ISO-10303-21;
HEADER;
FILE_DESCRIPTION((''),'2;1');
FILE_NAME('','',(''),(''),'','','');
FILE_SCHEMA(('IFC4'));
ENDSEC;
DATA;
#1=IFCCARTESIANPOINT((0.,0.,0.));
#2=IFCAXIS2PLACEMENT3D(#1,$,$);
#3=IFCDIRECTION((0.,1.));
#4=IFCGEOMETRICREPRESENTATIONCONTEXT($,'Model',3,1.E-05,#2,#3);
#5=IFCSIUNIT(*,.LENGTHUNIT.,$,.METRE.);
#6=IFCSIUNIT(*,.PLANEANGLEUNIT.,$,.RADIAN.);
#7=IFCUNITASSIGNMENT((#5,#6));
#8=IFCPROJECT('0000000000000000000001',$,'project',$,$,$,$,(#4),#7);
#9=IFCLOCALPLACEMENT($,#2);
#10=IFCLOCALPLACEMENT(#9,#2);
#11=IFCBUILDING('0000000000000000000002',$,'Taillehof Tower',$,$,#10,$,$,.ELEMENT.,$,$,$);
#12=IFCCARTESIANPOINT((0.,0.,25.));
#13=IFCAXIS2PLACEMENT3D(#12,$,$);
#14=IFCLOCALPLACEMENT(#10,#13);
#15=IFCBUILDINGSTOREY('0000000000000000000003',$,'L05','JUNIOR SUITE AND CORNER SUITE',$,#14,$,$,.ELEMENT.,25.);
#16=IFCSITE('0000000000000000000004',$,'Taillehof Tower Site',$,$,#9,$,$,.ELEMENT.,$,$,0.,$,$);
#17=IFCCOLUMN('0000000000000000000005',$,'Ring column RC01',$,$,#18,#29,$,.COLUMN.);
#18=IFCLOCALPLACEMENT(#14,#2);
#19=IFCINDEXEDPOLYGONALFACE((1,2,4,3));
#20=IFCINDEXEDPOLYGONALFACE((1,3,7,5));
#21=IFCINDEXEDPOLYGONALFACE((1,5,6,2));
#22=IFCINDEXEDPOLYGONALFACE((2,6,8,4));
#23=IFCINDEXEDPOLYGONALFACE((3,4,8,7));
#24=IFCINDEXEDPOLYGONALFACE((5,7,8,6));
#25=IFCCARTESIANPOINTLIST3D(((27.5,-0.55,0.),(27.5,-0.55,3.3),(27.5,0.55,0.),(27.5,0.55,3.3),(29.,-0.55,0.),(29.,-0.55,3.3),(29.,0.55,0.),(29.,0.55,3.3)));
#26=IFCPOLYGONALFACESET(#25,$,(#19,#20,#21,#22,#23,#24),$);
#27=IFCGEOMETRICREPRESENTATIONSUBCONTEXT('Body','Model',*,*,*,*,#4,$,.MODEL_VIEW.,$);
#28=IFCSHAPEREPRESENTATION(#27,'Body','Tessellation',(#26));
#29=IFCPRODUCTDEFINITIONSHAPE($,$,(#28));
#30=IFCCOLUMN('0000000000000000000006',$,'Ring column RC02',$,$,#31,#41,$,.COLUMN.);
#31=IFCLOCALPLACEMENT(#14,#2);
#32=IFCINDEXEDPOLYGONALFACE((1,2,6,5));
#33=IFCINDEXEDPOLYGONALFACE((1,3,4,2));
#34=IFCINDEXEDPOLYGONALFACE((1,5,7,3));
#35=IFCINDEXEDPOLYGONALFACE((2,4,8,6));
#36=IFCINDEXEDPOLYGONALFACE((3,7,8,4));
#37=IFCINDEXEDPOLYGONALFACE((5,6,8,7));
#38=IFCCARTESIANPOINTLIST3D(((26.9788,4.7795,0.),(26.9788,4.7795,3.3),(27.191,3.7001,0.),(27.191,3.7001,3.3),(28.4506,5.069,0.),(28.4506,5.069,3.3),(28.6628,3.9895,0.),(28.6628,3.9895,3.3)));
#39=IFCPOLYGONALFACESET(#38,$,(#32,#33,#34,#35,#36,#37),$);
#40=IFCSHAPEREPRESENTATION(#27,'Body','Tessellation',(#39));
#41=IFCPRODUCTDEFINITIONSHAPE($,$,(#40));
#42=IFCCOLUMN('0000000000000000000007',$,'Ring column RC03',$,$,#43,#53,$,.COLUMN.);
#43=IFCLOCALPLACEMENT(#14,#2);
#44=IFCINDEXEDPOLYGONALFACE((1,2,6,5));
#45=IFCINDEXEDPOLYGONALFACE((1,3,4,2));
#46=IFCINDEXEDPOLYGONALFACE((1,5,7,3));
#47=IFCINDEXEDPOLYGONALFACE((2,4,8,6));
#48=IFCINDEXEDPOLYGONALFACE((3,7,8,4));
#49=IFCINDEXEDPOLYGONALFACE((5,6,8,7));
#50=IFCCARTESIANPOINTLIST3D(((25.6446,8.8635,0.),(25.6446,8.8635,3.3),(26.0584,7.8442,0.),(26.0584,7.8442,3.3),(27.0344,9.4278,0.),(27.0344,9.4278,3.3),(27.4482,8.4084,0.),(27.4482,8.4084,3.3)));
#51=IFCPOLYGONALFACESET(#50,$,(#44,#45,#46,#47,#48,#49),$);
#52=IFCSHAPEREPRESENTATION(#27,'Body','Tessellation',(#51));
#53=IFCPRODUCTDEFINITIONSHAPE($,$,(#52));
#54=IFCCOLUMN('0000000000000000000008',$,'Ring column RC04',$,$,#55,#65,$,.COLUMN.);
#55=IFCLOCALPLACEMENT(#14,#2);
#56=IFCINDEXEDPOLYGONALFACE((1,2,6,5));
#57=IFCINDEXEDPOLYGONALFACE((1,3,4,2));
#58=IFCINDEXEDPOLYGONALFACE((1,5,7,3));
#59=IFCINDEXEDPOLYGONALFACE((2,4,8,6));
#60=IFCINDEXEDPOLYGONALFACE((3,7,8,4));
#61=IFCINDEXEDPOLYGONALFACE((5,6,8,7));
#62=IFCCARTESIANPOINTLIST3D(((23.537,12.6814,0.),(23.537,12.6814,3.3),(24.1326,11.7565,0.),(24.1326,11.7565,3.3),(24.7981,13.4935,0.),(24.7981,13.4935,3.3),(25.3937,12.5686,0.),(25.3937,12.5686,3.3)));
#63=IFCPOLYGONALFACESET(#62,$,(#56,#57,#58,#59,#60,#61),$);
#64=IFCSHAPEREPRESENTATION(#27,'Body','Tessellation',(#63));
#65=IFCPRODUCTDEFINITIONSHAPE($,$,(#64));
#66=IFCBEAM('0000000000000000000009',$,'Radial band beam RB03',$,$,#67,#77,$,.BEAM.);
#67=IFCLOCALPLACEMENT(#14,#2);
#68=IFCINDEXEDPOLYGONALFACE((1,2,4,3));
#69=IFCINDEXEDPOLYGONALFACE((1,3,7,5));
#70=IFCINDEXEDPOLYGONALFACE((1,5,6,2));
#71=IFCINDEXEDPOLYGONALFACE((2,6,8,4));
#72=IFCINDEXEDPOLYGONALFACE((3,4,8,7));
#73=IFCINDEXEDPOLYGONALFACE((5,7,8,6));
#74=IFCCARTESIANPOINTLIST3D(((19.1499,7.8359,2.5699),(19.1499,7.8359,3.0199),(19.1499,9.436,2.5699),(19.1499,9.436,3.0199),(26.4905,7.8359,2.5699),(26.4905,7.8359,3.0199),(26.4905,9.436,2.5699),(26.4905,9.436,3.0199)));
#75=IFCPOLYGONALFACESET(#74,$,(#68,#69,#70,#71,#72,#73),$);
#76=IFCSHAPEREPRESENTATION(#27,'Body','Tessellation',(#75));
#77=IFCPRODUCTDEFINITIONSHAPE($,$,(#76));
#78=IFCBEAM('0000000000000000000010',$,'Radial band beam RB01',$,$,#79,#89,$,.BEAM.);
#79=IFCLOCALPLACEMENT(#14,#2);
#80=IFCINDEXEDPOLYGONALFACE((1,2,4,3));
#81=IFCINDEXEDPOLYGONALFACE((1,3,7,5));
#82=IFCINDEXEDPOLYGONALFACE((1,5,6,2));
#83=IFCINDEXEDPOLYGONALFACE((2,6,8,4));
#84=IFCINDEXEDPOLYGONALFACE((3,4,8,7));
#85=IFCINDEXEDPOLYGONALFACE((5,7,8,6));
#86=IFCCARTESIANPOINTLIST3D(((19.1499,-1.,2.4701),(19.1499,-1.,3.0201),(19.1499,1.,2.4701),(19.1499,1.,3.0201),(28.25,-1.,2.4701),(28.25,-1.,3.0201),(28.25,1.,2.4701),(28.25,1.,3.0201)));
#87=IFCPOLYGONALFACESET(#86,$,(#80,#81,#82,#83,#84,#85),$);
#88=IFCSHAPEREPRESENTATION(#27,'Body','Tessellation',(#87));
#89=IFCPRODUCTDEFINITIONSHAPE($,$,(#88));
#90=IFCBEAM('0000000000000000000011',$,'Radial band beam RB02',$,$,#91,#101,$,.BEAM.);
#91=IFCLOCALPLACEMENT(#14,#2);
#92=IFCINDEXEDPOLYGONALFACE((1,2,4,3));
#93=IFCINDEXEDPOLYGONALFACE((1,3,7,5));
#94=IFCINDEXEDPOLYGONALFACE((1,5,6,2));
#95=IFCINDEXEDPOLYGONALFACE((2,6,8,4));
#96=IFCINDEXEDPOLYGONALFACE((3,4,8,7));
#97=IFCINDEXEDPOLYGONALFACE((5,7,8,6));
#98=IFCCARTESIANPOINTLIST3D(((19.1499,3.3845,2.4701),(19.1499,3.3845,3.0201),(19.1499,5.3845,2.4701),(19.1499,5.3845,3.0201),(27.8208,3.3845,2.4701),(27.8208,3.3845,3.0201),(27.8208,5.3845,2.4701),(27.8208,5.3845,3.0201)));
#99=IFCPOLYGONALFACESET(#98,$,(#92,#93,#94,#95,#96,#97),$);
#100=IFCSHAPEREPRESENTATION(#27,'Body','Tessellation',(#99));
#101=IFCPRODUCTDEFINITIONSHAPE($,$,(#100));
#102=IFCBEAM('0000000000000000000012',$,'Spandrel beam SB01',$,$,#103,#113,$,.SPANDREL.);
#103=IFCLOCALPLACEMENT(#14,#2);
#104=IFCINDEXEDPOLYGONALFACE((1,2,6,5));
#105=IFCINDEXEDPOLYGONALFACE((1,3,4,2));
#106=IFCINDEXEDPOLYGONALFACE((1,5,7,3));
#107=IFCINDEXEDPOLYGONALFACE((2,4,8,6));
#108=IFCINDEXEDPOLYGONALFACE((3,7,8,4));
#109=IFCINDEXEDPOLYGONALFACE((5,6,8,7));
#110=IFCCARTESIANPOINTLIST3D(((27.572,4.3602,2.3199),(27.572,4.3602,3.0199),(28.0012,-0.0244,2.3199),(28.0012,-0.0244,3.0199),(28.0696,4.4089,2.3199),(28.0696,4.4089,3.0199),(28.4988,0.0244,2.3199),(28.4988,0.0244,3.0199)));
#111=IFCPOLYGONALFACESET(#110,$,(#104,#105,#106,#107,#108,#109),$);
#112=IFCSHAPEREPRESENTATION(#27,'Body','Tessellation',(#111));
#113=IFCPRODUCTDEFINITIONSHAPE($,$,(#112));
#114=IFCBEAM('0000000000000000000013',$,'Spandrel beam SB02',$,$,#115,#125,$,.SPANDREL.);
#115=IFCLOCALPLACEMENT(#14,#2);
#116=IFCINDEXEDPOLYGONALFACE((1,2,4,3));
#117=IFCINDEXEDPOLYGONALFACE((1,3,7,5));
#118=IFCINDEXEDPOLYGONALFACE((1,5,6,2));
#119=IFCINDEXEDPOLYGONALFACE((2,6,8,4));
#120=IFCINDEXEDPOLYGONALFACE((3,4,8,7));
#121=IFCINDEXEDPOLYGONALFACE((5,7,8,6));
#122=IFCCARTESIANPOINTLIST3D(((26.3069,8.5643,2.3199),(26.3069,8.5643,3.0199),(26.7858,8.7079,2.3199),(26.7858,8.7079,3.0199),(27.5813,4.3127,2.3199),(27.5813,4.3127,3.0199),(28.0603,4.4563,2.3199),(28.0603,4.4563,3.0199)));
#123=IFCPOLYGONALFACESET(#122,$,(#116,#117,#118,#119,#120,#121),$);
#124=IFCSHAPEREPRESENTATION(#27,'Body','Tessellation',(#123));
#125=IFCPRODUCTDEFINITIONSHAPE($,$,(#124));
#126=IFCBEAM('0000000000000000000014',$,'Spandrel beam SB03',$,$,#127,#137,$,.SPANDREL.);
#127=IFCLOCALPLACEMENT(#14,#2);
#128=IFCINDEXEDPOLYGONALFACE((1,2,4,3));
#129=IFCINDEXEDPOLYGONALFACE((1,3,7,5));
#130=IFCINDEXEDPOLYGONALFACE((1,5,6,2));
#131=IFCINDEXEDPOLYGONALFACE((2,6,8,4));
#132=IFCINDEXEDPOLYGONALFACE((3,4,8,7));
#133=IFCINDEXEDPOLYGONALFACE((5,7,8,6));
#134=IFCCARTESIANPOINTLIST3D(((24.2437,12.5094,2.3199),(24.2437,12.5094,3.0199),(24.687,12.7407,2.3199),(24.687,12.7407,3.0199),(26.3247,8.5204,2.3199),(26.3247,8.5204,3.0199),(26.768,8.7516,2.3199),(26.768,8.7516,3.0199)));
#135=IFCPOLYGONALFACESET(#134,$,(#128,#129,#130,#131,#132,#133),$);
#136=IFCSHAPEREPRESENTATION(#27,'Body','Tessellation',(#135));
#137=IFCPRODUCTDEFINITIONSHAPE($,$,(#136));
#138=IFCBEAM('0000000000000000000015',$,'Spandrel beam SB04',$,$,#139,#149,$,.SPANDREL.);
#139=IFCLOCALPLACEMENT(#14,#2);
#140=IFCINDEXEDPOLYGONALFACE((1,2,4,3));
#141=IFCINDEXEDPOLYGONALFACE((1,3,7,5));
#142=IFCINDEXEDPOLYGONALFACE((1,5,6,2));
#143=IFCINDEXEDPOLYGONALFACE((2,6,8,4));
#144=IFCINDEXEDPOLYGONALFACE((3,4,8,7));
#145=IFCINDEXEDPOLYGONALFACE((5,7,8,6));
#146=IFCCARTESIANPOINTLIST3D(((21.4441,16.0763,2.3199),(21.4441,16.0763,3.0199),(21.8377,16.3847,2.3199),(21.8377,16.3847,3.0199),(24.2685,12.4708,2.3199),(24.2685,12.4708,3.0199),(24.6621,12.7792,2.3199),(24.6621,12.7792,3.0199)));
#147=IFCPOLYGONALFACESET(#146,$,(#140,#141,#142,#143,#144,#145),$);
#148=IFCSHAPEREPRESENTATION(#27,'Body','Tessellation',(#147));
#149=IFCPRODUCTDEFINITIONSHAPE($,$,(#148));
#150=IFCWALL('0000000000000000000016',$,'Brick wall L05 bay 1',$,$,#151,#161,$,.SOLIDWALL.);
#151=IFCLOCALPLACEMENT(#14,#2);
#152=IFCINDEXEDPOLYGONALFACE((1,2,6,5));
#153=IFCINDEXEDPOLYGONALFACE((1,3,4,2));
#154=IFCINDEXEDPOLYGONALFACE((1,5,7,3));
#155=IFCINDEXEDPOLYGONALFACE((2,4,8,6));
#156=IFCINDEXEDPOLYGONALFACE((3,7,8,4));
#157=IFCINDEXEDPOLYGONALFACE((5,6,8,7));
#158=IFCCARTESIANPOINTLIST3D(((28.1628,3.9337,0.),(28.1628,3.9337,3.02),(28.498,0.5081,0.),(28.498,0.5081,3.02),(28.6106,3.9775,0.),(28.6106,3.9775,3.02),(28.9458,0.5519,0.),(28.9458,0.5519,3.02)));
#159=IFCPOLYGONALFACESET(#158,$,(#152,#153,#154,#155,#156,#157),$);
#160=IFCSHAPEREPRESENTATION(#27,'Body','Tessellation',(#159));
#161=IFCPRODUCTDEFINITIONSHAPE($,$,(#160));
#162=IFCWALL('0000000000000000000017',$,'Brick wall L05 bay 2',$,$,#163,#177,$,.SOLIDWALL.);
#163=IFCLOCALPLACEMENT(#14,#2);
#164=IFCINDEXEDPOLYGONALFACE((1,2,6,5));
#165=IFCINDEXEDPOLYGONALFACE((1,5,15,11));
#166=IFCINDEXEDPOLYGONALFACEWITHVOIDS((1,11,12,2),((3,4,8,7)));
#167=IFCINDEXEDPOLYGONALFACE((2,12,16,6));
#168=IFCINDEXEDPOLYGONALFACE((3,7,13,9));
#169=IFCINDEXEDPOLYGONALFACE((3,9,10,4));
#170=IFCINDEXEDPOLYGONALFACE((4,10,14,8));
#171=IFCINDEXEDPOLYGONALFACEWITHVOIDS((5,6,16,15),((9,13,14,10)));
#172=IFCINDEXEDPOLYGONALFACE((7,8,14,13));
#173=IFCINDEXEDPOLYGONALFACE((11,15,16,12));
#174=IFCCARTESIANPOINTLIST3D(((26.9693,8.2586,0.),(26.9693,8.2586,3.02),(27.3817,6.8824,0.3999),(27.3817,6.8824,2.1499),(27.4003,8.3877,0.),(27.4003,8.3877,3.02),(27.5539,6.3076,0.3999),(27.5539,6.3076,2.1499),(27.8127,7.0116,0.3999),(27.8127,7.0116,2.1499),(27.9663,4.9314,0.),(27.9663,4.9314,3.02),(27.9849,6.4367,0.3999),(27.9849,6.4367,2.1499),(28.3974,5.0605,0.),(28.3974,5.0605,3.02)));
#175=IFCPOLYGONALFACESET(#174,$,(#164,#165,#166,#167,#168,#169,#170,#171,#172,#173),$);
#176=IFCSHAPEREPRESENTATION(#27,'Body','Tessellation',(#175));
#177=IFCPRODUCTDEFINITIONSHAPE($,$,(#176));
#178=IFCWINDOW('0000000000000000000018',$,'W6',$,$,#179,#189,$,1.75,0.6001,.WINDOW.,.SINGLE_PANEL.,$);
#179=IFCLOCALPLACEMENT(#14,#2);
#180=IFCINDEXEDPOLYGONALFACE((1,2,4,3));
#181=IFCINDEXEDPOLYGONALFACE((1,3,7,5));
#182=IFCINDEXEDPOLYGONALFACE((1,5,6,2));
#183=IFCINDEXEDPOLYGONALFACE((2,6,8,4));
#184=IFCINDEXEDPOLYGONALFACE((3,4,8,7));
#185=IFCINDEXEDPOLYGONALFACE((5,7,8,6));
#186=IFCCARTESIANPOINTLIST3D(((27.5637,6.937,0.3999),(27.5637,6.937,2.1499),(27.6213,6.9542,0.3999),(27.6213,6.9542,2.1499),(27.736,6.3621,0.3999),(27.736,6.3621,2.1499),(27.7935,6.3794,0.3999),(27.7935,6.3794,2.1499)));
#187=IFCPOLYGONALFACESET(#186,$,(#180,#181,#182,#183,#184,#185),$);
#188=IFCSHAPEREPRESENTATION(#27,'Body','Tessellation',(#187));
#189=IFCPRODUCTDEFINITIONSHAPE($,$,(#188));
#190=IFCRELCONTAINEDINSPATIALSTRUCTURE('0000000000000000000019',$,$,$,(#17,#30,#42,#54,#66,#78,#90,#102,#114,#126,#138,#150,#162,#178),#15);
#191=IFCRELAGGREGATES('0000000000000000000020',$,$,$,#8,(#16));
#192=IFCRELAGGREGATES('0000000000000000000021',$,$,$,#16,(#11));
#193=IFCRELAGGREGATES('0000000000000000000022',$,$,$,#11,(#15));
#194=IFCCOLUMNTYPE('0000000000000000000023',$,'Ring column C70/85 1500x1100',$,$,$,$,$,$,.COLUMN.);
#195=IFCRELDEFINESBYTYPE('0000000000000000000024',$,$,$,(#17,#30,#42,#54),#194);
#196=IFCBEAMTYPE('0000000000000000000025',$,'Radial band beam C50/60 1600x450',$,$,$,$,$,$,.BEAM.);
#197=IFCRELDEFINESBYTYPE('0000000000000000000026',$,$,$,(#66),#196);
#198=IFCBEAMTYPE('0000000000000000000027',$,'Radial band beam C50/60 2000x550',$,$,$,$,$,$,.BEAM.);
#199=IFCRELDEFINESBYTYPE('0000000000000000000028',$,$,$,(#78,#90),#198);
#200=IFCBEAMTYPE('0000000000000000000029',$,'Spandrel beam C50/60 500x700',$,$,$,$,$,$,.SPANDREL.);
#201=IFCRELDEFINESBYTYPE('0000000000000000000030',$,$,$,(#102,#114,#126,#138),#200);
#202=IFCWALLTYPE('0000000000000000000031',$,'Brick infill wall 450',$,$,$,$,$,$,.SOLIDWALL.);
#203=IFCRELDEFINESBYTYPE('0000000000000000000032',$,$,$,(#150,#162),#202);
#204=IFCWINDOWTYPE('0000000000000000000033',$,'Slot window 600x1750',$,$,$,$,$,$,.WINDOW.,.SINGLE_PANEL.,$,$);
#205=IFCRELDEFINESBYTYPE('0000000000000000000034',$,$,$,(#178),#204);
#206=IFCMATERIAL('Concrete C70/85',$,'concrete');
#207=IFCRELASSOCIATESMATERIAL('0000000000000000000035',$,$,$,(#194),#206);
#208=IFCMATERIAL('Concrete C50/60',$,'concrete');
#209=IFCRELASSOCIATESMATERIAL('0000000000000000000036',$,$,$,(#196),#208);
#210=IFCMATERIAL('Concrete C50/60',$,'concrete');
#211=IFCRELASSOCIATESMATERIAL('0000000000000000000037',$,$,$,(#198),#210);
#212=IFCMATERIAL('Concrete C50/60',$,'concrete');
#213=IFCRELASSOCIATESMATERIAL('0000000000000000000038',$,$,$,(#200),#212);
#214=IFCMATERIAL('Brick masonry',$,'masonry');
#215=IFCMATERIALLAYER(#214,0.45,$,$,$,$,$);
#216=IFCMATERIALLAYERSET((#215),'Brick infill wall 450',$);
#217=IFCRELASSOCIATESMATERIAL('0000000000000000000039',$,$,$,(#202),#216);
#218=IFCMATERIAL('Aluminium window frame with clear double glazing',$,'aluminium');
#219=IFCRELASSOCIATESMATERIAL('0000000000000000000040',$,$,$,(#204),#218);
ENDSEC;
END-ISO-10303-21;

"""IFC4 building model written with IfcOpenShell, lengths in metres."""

from ifc_helpers import new_model, si_unit, direction, frame, frame_2d, origin, origin_2d, place, context, subcontext, project, spatial, rectangle, extrude, material, layer, layer_set, material_profile, profile_set, type_object, element, fill, save


model = new_model("IFC4")

# Units and contexts
model_context = context("Model", 3, precision=1e-05, world=origin(), true_north=direction((0.0, 1.0)))
body_context = subcontext(model_context, "Body", "Model", "MODEL_VIEW")
ifc_project = project(units=[si_unit("LENGTHUNIT", "METRE"), si_unit("PLANEANGLEUNIT", "RADIAN")], contexts=[model_context])

# Site, building, storey
site_placement = place(None, origin())
site = spatial("IfcSite", under=ifc_project, at=site_placement, Name="Taillehof Tower Site", CompositionType="ELEMENT", RefElevation=0.0)
building_placement = place(site_placement, origin())
building = spatial("IfcBuilding", under=site, at=building_placement, Name="Taillehof Tower", CompositionType="ELEMENT")
storey_placement = place(building_placement, frame((0.0, 0.0, 25.0)))
storey = spatial("IfcBuildingStorey", under=building, at=storey_placement, Name="L05", Description="JUNIOR SUITE AND CORNER SUITE", CompositionType="ELEMENT", Elevation=25.0)

# Columns
ifc_material_1 = material(Name="Concrete C70/85", Category="concrete")
ifc_material_profile_1 = material_profile(ifc_material_1, rectangle(XDim=1.5, YDim=1.1001, at=origin_2d()), Name="RC 1500x1100")
ifc_profile_set_1 = profile_set([ifc_material_profile_1], Name="Concrete C70/85")
column_type = type_object("IfcColumnType", Name="Ring column C70/85 1500x1100", PredefinedType="COLUMN", material=ifc_profile_set_1)
for number, where, z_axis, x_axis, name in (
    (1, (28.25, 0.0, 0.0), (0.0, 0.0, 1.0), (1.0, 0.0, 0.0), "Ring column RC01"),
    (2, (27.8208, 4.3845, 0.0), (0.0, 0.0, 1.0), (0.981204, 0.192976, 0.0), "Ring column RC02"),
    (3, (26.5464, 8.636, 0.0), (0.0, 0.0, 1.0), (0.926558, 0.376152, 0.0), "Ring column RC03"),
    (4, (24.4653, 12.625, 0.0), (0.0, 0.0, 1.0), (0.840754, 0.541418, 0.0), "Ring column RC04"),
):
    element("IfcColumn", number, at=place(storey_placement, frame(where, z_axis=z_axis, x_axis=x_axis)), inside=storey, type_object=column_type, Name=name, PredefinedType="COLUMN", context=body_context, shape_type="SweptSolid", body=[
        extrude(rectangle(XDim=1.5, YDim=1.1001, at=origin_2d()), origin(), (0.0, 0.0, 1.0), 3.3),
    ])

# Beams
ifc_material_2 = material(Name="Concrete C50/60", Category="concrete")
ifc_material_profile_2 = material_profile(ifc_material_2, rectangle(XDim=1.6001, YDim=0.45, at=origin_2d()), Name="RC 1600x450")
ifc_profile_set_2 = profile_set([ifc_material_profile_2], Name="Concrete C50/60")
beam_type_1 = type_object("IfcBeamType", Name="Radial band beam C50/60 1600x450", PredefinedType="BEAM", material=ifc_profile_set_2)
beam_1_placement = place(storey_placement, frame((26.4905, 8.636, 2.7949), z_axis=(-1.0, 0.0, 0.0), x_axis=(0.0, -1.0, 0.0)))
element("IfcBeam", 5, at=beam_1_placement, inside=storey, type_object=beam_type_1, Name="Radial band beam RB03", PredefinedType="BEAM", context=body_context, shape_type="SweptSolid", body=[
    extrude(rectangle(XDim=1.6001, YDim=0.45, at=origin_2d()), origin(), (0.0, 0.0, 1.0), 7.3406),
])
ifc_material_3 = material(Name="Concrete C50/60", Category="concrete")
ifc_material_profile_3 = material_profile(ifc_material_3, rectangle(XDim=2.0, YDim=0.55, at=origin_2d()), Name="RC 2000x550")
ifc_profile_set_3 = profile_set([ifc_material_profile_3], Name="Concrete C50/60")
beam_type_2 = type_object("IfcBeamType", Name="Radial band beam C50/60 2000x550", PredefinedType="BEAM", material=ifc_profile_set_3)
beam_2_placement = place(storey_placement, frame((28.25, 0.0, 2.7451), z_axis=(-1.0, 0.0, 0.0), x_axis=(0.0, -1.0, 0.0)))
element("IfcBeam", 6, at=beam_2_placement, inside=storey, type_object=beam_type_2, Name="Radial band beam RB01", PredefinedType="BEAM", context=body_context, shape_type="SweptSolid", body=[
    extrude(rectangle(XDim=2.0, YDim=0.55, at=origin_2d()), origin(), (0.0, 0.0, 1.0), 9.1001),
])
beam_3_placement = place(storey_placement, frame((27.8208, 4.3845, 2.7451), z_axis=(-1.0, 0.0, 0.0), x_axis=(0.0, -1.0, 0.0)))
element("IfcBeam", 7, at=beam_3_placement, inside=storey, type_object=beam_type_2, Name="Radial band beam RB02", PredefinedType="BEAM", context=body_context, shape_type="SweptSolid", body=[
    extrude(rectangle(XDim=2.0, YDim=0.55, at=origin_2d()), origin(), (0.0, 0.0, 1.0), 8.6709),
])
ifc_material_4 = material(Name="Concrete C50/60", Category="concrete")
ifc_material_profile_4 = material_profile(ifc_material_4, rectangle(XDim=0.5, YDim=0.7, at=origin_2d()), Name="RC 500x700")
ifc_profile_set_4 = profile_set([ifc_material_profile_4], Name="Concrete C50/60")
beam_type_3 = type_object("IfcBeamType", Name="Spandrel beam C50/60 500x700", PredefinedType="SPANDREL", material=ifc_profile_set_4)
beam_4_placement = place(storey_placement, frame((28.25, 0.0, 2.6699), z_axis=(-0.097424, 0.995243, 0.0), x_axis=(-0.995243, -0.097424, 0.0)))
element("IfcBeam", 8, at=beam_4_placement, inside=storey, type_object=beam_type_3, Name="Spandrel beam SB01", PredefinedType="SPANDREL", context=body_context, shape_type="SweptSolid", body=[
    extrude(rectangle(XDim=0.5, YDim=0.7, at=origin_2d()), origin(), (0.0, 0.0, 1.0), 4.4055),
])
beam_5_placement = place(storey_placement, frame((27.8208, 4.3845, 2.6699), z_axis=(-0.287136, 0.95789, 0.0), x_axis=(-0.95789, -0.287136, 0.0)))
element("IfcBeam", 9, at=beam_5_placement, inside=storey, type_object=beam_type_3, Name="Spandrel beam SB02", PredefinedType="SPANDREL", context=body_context, shape_type="SweptSolid", body=[
    extrude(rectangle(XDim=0.5, YDim=0.7, at=origin_2d()), origin(), (0.0, 0.0, 1.0), 4.4385),
])
beam_6_placement = place(storey_placement, frame((26.5464, 8.636, 2.6699), z_axis=(-0.462536, 0.8866, 0.0), x_axis=(-0.8866, -0.462536, 0.0)))
element("IfcBeam", 10, at=beam_6_placement, inside=storey, type_object=beam_type_3, Name="Spandrel beam SB03", PredefinedType="SPANDREL", context=body_context, shape_type="SweptSolid", body=[
    extrude(rectangle(XDim=0.5, YDim=0.7, at=origin_2d()), origin(), (0.0, 0.0, 1.0), 4.4993),
])
beam_7_placement = place(storey_placement, frame((24.4653, 12.625, 2.6699), z_axis=(-0.616686, 0.787209, 0.0), x_axis=(-0.787209, -0.616686, 0.0)))
element("IfcBeam", 11, at=beam_7_placement, inside=storey, type_object=beam_type_3, Name="Spandrel beam SB04", PredefinedType="SPANDREL", context=body_context, shape_type="SweptSolid", body=[
    extrude(rectangle(XDim=0.5, YDim=0.7, at=origin_2d()), origin(), (0.0, 0.0, 1.0), 4.5801),
])

# Wall
ifc_material_5 = material(Name="Brick masonry", Category="masonry")
ifc_layer_1 = layer(ifc_material_5, 0.45)
ifc_layer_set_1 = layer_set([ifc_layer_1], Name="Brick infill wall 450")
wall_type_1 = type_object("IfcWallType", Name="Brick infill wall 450", PredefinedType="SOLIDWALL", material=ifc_layer_set_1)
wall_1_placement = place(storey_placement, frame((28.7219, 0.53, 0.0), z_axis=(0.0, 0.0, 1.0), x_axis=(-0.09739, 0.995246, 0.0)))
element("IfcWall", 12, at=wall_1_placement, inside=storey, type_object=wall_type_1, Name="Brick wall L05 bay 1", PredefinedType="SOLIDWALL", context=body_context, shape_type="SweptSolid", body=[
    extrude(rectangle(XDim=3.4419, YDim=0.45, at=frame_2d((1.7209, 0.0))), origin(), (0.0, 0.0, 1.0), 3.02),
])

# Wall, opening, window
wall_2_placement = place(storey_placement, frame((28.1819, 4.9958, 0.0), z_axis=(0.0, 0.0, 1.0), x_axis=(-0.287064, 0.957911, 0.0)))
wall_2 = element("IfcWall", 13, at=wall_2_placement, inside=storey, type_object=wall_type_1, Name="Brick wall L05 bay 2", PredefinedType="SOLIDWALL", context=body_context, shape_type="SweptSolid", body=[
    extrude(rectangle(XDim=3.4734, YDim=0.45, at=frame_2d((1.7368, 0.0))), origin(), (0.0, 0.0, 1.0), 3.02),
])
opening_1_placement = place(wall_2_placement, frame((1.4368, 0.0, 0.3999)))
opening_1 = element("IfcOpeningElement", 14, at=opening_1_placement, cuts=wall_2, PredefinedType="OPENING", context=body_context, shape_type="SweptSolid", body=[
    extrude(rectangle(XDim=0.6001, YDim=1.75, at=frame_2d((0.3, 0.875))), frame((0.0, 0.2349, 0.0), z_axis=(0.0, -1.0, 0.0), x_axis=(1.0, 0.0, 0.0)), (0.0, 0.0, 1.0), 0.47),
])
ifc_material_6 = material(Name="Aluminium window frame with clear double glazing", Category="aluminium")
window_type = type_object("IfcWindowType", Name="Slot window 600x1750", PartitioningType="SINGLE_PANEL", PredefinedType="WINDOW", material=ifc_material_6)
window_placement = place(opening_1_placement, origin())
window = element("IfcWindow", 15, at=window_placement, inside=storey, type_object=window_type, Name="W6", OverallHeight=1.75, OverallWidth=0.6001, PartitioningType="SINGLE_PANEL", PredefinedType="WINDOW", context=body_context, shape_type="SweptSolid", body=[
    extrude(rectangle(XDim=0.6001, YDim=1.75, at=frame_2d((0.3, 0.875))), frame((0.0, 0.0349, 0.0), z_axis=(0.0, -1.0, 0.0), x_axis=(1.0, 0.0, 0.0)), (0.0, 0.0, 1.0), 0.0601),
])
fill(opening_1, window)

save(model, "model.ifc")
